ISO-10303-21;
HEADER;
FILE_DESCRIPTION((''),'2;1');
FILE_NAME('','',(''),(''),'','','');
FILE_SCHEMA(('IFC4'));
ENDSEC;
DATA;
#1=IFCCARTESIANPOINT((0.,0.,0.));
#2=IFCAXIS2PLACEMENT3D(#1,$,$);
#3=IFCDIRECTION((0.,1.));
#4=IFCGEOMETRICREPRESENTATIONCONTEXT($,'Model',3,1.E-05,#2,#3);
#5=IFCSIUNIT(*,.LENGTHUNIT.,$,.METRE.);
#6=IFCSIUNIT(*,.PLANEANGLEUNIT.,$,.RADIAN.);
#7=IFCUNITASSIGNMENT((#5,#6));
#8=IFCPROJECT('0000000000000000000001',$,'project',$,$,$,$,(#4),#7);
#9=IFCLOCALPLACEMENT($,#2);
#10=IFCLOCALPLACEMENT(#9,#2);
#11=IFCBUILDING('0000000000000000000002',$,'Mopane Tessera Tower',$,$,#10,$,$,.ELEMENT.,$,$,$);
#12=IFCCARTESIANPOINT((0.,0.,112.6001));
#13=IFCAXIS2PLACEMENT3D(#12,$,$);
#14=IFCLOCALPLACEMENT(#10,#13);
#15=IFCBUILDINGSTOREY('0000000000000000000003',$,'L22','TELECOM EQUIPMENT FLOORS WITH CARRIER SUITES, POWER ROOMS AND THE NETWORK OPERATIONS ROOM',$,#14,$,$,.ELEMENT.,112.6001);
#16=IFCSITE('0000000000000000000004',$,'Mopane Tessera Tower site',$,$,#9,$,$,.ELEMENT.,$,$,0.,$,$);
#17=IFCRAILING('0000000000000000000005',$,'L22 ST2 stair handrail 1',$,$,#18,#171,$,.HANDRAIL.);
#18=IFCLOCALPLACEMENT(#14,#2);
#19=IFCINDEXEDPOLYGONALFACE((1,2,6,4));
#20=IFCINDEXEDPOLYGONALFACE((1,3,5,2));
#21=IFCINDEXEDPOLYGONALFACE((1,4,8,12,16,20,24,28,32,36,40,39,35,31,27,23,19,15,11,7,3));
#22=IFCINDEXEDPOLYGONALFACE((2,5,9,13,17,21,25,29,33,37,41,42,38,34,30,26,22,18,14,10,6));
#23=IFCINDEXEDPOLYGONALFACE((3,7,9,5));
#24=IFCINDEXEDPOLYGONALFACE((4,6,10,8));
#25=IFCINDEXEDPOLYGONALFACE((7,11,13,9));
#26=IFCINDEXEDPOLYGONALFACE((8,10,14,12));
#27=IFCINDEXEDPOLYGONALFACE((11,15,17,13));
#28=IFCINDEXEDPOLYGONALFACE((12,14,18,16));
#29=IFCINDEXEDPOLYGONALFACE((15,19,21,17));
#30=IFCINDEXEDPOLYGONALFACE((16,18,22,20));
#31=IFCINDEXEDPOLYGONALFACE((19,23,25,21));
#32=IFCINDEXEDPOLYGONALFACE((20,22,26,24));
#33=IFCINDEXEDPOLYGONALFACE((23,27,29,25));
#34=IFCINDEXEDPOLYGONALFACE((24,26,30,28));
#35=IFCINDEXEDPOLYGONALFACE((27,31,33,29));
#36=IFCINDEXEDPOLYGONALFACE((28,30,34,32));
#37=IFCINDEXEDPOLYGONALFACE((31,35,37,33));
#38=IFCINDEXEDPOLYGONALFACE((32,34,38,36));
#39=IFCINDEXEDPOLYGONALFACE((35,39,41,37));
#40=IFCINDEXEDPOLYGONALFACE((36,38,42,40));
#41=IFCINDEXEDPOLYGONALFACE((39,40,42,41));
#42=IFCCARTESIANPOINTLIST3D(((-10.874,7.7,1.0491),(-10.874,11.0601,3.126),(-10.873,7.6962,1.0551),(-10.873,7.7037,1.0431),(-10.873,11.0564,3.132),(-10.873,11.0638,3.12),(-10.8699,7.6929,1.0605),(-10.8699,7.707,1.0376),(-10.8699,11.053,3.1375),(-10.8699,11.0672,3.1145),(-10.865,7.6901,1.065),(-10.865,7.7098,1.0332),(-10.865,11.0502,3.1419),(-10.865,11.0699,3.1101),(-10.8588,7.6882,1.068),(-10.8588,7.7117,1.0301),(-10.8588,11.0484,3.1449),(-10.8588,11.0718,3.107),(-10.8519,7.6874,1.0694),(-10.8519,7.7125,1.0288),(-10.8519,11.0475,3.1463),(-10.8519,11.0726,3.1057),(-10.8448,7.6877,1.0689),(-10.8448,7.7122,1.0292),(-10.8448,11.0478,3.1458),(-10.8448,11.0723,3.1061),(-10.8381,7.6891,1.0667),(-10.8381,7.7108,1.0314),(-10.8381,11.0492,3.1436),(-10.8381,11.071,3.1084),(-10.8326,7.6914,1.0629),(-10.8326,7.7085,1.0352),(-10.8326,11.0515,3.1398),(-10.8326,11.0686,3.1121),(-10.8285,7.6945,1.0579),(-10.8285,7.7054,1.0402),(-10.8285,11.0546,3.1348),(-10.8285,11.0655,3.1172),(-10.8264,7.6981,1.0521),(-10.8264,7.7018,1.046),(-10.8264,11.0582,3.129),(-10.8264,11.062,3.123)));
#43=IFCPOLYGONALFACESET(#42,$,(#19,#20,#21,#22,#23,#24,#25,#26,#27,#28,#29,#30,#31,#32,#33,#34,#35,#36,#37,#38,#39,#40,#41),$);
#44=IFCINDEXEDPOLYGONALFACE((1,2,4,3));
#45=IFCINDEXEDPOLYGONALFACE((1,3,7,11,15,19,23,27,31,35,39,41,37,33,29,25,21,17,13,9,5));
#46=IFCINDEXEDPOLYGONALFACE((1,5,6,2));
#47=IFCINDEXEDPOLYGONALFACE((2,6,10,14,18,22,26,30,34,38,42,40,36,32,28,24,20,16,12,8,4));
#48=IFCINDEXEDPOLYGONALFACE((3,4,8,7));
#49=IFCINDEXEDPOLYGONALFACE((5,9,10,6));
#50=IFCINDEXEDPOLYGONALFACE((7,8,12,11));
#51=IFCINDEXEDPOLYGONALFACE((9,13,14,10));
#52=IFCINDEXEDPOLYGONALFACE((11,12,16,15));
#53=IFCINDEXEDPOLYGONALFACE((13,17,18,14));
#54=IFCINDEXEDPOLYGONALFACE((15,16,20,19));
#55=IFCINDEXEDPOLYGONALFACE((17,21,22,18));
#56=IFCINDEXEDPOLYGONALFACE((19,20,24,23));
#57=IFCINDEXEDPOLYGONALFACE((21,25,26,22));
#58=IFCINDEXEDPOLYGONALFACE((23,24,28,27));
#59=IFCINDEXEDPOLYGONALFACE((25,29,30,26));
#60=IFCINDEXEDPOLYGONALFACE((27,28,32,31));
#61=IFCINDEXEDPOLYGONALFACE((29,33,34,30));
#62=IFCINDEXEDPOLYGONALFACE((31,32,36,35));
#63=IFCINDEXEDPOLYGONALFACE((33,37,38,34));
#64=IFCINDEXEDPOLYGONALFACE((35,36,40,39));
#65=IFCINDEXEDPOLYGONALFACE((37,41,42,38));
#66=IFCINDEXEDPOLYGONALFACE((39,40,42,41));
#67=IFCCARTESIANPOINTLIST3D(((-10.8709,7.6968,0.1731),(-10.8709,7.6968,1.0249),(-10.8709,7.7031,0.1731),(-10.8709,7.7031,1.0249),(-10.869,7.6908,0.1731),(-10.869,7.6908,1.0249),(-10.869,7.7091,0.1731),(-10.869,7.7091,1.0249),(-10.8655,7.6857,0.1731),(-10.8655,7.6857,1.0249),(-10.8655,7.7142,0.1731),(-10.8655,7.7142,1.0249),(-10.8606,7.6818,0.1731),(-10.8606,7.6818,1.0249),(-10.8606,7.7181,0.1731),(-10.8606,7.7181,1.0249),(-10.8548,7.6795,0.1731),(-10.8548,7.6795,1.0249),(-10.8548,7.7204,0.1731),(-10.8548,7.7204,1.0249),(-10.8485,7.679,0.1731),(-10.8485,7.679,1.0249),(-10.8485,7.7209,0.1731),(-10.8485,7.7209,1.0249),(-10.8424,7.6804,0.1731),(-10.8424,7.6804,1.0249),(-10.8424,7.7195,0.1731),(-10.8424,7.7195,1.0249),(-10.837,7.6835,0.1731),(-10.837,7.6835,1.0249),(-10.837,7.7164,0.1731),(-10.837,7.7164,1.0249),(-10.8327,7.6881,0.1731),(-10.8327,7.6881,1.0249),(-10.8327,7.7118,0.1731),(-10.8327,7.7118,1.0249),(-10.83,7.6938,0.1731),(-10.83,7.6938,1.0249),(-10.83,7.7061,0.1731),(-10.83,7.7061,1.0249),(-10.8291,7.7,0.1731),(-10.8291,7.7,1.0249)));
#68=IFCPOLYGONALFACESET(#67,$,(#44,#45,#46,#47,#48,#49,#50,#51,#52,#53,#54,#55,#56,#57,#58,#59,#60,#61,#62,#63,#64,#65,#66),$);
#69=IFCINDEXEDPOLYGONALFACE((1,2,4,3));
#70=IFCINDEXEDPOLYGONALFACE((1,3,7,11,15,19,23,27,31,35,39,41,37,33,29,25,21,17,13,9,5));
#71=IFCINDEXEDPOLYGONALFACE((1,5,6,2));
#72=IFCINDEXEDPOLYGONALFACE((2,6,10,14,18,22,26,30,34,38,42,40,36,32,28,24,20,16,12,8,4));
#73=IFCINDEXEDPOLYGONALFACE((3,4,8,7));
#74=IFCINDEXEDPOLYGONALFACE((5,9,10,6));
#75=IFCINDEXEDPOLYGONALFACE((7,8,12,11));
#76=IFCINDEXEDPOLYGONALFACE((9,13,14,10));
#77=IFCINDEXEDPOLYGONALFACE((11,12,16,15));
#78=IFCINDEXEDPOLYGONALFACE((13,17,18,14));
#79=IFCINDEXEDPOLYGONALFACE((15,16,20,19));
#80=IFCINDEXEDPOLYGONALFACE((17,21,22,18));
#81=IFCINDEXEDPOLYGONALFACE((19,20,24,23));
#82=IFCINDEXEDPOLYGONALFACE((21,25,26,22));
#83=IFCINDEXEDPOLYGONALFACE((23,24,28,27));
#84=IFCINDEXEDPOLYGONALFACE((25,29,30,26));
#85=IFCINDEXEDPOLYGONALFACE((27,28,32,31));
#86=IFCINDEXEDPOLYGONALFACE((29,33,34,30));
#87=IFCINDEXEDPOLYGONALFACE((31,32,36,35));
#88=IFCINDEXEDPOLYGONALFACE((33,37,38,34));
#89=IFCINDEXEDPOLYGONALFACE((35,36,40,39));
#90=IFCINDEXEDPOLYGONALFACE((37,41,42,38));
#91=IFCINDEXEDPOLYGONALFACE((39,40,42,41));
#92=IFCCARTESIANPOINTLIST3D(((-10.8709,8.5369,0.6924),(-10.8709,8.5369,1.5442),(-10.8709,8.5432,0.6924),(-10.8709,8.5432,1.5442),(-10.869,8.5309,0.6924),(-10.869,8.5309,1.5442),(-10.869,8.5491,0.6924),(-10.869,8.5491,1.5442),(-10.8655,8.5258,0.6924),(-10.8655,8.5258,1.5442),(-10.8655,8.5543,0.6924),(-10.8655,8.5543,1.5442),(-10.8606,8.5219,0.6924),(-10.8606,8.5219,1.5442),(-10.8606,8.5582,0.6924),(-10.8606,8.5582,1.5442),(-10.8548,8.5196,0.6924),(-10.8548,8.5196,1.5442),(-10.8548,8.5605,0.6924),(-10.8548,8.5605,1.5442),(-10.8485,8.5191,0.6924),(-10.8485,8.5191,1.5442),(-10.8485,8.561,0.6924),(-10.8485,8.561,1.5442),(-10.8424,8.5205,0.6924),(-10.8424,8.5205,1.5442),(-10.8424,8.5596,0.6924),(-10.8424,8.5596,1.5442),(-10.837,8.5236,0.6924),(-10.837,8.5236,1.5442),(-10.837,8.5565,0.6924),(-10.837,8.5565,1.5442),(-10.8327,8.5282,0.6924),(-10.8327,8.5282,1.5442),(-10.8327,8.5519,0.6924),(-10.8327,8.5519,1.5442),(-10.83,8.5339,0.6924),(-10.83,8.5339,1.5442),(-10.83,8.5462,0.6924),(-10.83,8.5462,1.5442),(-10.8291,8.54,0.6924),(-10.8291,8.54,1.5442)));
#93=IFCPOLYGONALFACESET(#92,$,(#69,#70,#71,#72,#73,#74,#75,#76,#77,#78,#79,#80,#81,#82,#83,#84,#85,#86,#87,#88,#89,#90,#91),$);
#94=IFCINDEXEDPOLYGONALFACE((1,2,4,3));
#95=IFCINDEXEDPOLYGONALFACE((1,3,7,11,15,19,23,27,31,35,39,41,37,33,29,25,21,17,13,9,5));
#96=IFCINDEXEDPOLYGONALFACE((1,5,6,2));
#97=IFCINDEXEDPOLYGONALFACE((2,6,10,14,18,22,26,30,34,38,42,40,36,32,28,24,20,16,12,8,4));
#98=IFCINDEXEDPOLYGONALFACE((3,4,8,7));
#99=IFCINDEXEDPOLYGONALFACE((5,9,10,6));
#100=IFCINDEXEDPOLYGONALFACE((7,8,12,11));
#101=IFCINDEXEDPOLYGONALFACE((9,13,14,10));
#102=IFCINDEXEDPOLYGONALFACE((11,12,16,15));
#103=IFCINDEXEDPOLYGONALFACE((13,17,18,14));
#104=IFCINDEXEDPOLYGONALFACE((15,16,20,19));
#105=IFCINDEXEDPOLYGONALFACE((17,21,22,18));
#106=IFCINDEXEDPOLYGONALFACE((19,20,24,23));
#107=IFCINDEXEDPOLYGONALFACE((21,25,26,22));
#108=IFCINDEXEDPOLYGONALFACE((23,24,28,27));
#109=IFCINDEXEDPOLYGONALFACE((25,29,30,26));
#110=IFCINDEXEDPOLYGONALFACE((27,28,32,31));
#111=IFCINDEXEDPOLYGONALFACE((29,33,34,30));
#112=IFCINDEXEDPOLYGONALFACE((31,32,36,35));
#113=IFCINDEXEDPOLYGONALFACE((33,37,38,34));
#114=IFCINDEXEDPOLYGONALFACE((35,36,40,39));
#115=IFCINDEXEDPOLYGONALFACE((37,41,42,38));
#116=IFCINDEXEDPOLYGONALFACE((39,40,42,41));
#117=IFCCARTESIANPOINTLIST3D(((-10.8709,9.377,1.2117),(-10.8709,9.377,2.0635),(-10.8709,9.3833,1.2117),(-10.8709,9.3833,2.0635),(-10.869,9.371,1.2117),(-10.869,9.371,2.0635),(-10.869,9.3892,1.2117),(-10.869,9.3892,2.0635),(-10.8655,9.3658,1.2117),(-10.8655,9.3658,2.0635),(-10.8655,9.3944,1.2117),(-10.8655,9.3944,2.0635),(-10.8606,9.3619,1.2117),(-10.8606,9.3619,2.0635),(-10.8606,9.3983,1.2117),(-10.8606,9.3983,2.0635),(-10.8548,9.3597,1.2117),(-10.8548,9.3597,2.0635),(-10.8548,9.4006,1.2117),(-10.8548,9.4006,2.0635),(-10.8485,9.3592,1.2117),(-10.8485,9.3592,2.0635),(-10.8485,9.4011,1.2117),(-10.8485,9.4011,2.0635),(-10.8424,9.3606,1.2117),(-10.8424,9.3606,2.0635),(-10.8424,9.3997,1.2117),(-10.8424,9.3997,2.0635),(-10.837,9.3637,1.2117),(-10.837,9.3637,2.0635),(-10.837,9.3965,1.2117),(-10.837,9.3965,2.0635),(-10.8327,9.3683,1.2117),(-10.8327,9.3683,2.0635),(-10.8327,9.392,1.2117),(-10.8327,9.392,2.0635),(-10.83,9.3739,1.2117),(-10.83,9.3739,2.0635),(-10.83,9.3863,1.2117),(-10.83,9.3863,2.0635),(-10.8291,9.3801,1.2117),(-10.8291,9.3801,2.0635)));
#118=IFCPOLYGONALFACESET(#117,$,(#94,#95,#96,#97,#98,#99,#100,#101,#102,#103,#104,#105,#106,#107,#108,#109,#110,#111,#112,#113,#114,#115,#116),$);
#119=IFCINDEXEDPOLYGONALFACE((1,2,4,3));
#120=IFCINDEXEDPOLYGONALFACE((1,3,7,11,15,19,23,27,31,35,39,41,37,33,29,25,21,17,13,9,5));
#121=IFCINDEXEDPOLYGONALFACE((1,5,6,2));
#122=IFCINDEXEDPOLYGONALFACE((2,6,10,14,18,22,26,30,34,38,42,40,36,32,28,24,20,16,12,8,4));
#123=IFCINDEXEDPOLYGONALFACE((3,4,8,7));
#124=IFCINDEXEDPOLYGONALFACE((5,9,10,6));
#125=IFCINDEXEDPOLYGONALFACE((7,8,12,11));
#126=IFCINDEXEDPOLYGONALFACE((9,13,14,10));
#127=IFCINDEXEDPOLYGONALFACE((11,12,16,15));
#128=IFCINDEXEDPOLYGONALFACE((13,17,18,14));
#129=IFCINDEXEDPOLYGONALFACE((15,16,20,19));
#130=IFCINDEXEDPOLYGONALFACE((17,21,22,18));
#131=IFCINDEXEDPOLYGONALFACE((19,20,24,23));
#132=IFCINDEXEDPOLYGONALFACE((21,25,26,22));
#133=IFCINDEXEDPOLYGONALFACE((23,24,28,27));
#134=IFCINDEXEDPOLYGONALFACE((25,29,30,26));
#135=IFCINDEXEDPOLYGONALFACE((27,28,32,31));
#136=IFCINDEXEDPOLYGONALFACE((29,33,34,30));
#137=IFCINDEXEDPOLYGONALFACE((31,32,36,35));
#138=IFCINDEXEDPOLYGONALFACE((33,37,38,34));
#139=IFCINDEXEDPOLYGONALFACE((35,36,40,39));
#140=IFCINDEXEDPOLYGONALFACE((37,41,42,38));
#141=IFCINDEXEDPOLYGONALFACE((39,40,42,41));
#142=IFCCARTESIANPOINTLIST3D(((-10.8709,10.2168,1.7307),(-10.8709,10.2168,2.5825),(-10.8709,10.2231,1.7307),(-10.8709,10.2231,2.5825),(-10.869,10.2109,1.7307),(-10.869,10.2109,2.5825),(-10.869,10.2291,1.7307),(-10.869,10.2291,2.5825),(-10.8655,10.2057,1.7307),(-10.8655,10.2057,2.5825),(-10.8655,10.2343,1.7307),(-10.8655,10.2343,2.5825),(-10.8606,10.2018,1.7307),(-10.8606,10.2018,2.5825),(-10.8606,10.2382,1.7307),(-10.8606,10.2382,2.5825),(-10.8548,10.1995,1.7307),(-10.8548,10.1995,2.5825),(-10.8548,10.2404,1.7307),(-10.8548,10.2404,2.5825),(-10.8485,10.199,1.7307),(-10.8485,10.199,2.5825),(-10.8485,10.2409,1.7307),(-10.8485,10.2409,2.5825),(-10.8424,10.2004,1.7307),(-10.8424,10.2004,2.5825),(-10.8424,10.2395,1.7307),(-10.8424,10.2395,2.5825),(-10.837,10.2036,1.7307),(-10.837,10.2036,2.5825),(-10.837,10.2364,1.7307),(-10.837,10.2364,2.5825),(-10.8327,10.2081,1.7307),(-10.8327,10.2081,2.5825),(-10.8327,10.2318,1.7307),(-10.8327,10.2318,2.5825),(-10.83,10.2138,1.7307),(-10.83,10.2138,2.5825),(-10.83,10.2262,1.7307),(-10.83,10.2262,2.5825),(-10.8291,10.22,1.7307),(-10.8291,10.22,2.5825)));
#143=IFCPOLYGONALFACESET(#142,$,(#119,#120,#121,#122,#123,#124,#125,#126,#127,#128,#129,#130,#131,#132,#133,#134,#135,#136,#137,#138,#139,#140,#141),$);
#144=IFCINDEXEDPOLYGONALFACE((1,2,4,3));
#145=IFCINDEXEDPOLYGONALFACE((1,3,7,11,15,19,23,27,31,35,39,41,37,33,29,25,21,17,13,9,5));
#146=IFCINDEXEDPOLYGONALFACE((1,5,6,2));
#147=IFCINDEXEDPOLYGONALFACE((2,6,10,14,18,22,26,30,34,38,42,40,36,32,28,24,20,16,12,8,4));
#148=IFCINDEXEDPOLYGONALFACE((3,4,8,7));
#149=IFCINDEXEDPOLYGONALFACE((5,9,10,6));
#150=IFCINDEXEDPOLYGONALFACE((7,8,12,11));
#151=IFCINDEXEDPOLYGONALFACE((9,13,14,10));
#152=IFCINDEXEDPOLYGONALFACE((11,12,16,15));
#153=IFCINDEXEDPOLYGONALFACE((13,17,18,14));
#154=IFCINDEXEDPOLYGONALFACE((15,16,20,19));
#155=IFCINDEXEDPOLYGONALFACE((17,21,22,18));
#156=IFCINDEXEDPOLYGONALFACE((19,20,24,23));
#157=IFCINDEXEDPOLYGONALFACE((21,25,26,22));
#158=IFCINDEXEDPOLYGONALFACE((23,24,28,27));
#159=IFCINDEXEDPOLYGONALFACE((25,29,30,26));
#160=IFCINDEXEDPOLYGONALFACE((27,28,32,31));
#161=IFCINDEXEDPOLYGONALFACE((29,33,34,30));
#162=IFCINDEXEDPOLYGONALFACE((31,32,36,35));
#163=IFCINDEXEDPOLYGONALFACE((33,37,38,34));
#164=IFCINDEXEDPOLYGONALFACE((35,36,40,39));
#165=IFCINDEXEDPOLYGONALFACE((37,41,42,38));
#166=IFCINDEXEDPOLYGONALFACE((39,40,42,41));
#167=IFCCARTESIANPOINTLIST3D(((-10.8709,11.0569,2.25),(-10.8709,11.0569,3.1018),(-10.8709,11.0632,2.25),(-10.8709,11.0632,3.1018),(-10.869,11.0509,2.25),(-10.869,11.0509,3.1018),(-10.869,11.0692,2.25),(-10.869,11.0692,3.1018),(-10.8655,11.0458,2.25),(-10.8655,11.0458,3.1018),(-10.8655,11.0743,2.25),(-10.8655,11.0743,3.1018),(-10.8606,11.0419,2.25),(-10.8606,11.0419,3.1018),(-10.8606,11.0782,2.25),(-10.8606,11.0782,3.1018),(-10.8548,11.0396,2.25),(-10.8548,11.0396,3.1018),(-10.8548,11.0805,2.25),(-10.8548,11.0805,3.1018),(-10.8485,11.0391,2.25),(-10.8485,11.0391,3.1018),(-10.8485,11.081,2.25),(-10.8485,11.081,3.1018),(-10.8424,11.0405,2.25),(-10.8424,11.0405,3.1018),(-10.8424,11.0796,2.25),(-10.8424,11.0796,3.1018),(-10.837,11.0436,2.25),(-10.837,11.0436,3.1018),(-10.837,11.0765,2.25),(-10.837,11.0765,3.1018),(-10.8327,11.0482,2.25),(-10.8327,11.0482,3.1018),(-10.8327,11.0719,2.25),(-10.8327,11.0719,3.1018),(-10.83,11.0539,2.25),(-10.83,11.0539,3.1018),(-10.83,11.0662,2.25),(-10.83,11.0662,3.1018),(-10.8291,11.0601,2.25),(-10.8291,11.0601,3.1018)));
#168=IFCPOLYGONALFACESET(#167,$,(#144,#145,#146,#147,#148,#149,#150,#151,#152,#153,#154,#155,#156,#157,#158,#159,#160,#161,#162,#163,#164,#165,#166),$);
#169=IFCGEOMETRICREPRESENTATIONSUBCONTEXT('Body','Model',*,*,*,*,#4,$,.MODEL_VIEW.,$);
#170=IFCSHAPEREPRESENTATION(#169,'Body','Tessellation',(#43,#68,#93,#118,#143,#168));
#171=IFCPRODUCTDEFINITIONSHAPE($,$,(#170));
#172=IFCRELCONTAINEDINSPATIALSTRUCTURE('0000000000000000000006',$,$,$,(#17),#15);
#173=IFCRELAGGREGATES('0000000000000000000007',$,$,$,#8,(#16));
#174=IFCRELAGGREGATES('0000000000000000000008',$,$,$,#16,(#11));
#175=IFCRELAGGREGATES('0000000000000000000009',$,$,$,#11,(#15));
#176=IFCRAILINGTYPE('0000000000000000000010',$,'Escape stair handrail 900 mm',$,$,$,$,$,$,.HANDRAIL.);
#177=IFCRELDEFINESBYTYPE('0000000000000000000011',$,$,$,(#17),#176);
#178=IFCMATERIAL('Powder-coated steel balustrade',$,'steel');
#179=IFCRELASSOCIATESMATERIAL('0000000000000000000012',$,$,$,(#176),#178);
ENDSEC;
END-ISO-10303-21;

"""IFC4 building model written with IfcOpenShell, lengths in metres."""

from ifc_helpers import new_model, si_unit, direction, frame, origin, origin_2d, place, context, subcontext, project, spatial, circle, extrude, material, type_object, element, save


model = new_model("IFC4")

# Units and contexts
model_context = context("Model", 3, precision=1e-05, world=origin(), true_north=direction((0.0, 1.0)))
body_context = subcontext(model_context, "Body", "Model", "MODEL_VIEW")
ifc_project = project(units=[si_unit("LENGTHUNIT", "METRE"), si_unit("PLANEANGLEUNIT", "RADIAN")], contexts=[model_context])

# Site, building, storey
site_placement = place(None, origin())
site = spatial("IfcSite", under=ifc_project, at=site_placement, Name="Mopane Tessera Tower site", CompositionType="ELEMENT", RefElevation=0.0)
building_placement = place(site_placement, origin())
building = spatial("IfcBuilding", under=site, at=building_placement, Name="Mopane Tessera Tower", CompositionType="ELEMENT")
storey_placement = place(building_placement, frame((0.0, 0.0, 112.6001)))
storey = spatial("IfcBuildingStorey", under=building, at=storey_placement, Name="L22", Description="TELECOM EQUIPMENT FLOORS WITH CARRIER SUITES, POWER ROOMS AND THE NETWORK OPERATIONS ROOM", CompositionType="ELEMENT", Elevation=112.6001)

# Railing
ifc_material_1 = material(Name="Powder-coated steel balustrade", Category="steel")
railing_type_1 = type_object("IfcRailingType", Name="Escape stair handrail 900 mm", PredefinedType="HANDRAIL", material=ifc_material_1)
railing_1_placement = place(storey_placement, frame((-10.8501, 7.7, 0.1731)))
element("IfcRailing", 1, at=railing_1_placement, inside=storey, type_object=railing_type_1, Name="L22 ST2 stair handrail 1", PredefinedType="HANDRAIL", context=body_context, shape_type="SweptSolid", body=[
    extrude(circle(Radius=0.0239, at=origin_2d()), frame((0.0, 0.0, 0.876), z_axis=(0.0, 0.850623, 0.525776), x_axis=(-1.0, 0.0, 0.0)), (0.0, 0.0, 1.0), 3.9502),
    extrude(circle(Radius=0.021, at=origin_2d()), origin(), (0.0, 0.0, 1.0), 0.8518),
    extrude(circle(Radius=0.021, at=origin_2d()), frame((0.0, 0.8401, 0.5193)), (0.0, 0.0, 1.0), 0.8518),
    extrude(circle(Radius=0.021, at=origin_2d()), frame((0.0, 1.6802, 1.0386)), (0.0, 0.0, 1.0), 0.8518),
    extrude(circle(Radius=0.021, at=origin_2d()), frame((0.0, 2.52, 1.5576)), (0.0, 0.0, 1.0), 0.8518),
    extrude(circle(Radius=0.021, at=origin_2d()), frame((0.0, 3.3601, 2.0769)), (0.0, 0.0, 1.0), 0.8518),
])

save(model, "model.ifc")
